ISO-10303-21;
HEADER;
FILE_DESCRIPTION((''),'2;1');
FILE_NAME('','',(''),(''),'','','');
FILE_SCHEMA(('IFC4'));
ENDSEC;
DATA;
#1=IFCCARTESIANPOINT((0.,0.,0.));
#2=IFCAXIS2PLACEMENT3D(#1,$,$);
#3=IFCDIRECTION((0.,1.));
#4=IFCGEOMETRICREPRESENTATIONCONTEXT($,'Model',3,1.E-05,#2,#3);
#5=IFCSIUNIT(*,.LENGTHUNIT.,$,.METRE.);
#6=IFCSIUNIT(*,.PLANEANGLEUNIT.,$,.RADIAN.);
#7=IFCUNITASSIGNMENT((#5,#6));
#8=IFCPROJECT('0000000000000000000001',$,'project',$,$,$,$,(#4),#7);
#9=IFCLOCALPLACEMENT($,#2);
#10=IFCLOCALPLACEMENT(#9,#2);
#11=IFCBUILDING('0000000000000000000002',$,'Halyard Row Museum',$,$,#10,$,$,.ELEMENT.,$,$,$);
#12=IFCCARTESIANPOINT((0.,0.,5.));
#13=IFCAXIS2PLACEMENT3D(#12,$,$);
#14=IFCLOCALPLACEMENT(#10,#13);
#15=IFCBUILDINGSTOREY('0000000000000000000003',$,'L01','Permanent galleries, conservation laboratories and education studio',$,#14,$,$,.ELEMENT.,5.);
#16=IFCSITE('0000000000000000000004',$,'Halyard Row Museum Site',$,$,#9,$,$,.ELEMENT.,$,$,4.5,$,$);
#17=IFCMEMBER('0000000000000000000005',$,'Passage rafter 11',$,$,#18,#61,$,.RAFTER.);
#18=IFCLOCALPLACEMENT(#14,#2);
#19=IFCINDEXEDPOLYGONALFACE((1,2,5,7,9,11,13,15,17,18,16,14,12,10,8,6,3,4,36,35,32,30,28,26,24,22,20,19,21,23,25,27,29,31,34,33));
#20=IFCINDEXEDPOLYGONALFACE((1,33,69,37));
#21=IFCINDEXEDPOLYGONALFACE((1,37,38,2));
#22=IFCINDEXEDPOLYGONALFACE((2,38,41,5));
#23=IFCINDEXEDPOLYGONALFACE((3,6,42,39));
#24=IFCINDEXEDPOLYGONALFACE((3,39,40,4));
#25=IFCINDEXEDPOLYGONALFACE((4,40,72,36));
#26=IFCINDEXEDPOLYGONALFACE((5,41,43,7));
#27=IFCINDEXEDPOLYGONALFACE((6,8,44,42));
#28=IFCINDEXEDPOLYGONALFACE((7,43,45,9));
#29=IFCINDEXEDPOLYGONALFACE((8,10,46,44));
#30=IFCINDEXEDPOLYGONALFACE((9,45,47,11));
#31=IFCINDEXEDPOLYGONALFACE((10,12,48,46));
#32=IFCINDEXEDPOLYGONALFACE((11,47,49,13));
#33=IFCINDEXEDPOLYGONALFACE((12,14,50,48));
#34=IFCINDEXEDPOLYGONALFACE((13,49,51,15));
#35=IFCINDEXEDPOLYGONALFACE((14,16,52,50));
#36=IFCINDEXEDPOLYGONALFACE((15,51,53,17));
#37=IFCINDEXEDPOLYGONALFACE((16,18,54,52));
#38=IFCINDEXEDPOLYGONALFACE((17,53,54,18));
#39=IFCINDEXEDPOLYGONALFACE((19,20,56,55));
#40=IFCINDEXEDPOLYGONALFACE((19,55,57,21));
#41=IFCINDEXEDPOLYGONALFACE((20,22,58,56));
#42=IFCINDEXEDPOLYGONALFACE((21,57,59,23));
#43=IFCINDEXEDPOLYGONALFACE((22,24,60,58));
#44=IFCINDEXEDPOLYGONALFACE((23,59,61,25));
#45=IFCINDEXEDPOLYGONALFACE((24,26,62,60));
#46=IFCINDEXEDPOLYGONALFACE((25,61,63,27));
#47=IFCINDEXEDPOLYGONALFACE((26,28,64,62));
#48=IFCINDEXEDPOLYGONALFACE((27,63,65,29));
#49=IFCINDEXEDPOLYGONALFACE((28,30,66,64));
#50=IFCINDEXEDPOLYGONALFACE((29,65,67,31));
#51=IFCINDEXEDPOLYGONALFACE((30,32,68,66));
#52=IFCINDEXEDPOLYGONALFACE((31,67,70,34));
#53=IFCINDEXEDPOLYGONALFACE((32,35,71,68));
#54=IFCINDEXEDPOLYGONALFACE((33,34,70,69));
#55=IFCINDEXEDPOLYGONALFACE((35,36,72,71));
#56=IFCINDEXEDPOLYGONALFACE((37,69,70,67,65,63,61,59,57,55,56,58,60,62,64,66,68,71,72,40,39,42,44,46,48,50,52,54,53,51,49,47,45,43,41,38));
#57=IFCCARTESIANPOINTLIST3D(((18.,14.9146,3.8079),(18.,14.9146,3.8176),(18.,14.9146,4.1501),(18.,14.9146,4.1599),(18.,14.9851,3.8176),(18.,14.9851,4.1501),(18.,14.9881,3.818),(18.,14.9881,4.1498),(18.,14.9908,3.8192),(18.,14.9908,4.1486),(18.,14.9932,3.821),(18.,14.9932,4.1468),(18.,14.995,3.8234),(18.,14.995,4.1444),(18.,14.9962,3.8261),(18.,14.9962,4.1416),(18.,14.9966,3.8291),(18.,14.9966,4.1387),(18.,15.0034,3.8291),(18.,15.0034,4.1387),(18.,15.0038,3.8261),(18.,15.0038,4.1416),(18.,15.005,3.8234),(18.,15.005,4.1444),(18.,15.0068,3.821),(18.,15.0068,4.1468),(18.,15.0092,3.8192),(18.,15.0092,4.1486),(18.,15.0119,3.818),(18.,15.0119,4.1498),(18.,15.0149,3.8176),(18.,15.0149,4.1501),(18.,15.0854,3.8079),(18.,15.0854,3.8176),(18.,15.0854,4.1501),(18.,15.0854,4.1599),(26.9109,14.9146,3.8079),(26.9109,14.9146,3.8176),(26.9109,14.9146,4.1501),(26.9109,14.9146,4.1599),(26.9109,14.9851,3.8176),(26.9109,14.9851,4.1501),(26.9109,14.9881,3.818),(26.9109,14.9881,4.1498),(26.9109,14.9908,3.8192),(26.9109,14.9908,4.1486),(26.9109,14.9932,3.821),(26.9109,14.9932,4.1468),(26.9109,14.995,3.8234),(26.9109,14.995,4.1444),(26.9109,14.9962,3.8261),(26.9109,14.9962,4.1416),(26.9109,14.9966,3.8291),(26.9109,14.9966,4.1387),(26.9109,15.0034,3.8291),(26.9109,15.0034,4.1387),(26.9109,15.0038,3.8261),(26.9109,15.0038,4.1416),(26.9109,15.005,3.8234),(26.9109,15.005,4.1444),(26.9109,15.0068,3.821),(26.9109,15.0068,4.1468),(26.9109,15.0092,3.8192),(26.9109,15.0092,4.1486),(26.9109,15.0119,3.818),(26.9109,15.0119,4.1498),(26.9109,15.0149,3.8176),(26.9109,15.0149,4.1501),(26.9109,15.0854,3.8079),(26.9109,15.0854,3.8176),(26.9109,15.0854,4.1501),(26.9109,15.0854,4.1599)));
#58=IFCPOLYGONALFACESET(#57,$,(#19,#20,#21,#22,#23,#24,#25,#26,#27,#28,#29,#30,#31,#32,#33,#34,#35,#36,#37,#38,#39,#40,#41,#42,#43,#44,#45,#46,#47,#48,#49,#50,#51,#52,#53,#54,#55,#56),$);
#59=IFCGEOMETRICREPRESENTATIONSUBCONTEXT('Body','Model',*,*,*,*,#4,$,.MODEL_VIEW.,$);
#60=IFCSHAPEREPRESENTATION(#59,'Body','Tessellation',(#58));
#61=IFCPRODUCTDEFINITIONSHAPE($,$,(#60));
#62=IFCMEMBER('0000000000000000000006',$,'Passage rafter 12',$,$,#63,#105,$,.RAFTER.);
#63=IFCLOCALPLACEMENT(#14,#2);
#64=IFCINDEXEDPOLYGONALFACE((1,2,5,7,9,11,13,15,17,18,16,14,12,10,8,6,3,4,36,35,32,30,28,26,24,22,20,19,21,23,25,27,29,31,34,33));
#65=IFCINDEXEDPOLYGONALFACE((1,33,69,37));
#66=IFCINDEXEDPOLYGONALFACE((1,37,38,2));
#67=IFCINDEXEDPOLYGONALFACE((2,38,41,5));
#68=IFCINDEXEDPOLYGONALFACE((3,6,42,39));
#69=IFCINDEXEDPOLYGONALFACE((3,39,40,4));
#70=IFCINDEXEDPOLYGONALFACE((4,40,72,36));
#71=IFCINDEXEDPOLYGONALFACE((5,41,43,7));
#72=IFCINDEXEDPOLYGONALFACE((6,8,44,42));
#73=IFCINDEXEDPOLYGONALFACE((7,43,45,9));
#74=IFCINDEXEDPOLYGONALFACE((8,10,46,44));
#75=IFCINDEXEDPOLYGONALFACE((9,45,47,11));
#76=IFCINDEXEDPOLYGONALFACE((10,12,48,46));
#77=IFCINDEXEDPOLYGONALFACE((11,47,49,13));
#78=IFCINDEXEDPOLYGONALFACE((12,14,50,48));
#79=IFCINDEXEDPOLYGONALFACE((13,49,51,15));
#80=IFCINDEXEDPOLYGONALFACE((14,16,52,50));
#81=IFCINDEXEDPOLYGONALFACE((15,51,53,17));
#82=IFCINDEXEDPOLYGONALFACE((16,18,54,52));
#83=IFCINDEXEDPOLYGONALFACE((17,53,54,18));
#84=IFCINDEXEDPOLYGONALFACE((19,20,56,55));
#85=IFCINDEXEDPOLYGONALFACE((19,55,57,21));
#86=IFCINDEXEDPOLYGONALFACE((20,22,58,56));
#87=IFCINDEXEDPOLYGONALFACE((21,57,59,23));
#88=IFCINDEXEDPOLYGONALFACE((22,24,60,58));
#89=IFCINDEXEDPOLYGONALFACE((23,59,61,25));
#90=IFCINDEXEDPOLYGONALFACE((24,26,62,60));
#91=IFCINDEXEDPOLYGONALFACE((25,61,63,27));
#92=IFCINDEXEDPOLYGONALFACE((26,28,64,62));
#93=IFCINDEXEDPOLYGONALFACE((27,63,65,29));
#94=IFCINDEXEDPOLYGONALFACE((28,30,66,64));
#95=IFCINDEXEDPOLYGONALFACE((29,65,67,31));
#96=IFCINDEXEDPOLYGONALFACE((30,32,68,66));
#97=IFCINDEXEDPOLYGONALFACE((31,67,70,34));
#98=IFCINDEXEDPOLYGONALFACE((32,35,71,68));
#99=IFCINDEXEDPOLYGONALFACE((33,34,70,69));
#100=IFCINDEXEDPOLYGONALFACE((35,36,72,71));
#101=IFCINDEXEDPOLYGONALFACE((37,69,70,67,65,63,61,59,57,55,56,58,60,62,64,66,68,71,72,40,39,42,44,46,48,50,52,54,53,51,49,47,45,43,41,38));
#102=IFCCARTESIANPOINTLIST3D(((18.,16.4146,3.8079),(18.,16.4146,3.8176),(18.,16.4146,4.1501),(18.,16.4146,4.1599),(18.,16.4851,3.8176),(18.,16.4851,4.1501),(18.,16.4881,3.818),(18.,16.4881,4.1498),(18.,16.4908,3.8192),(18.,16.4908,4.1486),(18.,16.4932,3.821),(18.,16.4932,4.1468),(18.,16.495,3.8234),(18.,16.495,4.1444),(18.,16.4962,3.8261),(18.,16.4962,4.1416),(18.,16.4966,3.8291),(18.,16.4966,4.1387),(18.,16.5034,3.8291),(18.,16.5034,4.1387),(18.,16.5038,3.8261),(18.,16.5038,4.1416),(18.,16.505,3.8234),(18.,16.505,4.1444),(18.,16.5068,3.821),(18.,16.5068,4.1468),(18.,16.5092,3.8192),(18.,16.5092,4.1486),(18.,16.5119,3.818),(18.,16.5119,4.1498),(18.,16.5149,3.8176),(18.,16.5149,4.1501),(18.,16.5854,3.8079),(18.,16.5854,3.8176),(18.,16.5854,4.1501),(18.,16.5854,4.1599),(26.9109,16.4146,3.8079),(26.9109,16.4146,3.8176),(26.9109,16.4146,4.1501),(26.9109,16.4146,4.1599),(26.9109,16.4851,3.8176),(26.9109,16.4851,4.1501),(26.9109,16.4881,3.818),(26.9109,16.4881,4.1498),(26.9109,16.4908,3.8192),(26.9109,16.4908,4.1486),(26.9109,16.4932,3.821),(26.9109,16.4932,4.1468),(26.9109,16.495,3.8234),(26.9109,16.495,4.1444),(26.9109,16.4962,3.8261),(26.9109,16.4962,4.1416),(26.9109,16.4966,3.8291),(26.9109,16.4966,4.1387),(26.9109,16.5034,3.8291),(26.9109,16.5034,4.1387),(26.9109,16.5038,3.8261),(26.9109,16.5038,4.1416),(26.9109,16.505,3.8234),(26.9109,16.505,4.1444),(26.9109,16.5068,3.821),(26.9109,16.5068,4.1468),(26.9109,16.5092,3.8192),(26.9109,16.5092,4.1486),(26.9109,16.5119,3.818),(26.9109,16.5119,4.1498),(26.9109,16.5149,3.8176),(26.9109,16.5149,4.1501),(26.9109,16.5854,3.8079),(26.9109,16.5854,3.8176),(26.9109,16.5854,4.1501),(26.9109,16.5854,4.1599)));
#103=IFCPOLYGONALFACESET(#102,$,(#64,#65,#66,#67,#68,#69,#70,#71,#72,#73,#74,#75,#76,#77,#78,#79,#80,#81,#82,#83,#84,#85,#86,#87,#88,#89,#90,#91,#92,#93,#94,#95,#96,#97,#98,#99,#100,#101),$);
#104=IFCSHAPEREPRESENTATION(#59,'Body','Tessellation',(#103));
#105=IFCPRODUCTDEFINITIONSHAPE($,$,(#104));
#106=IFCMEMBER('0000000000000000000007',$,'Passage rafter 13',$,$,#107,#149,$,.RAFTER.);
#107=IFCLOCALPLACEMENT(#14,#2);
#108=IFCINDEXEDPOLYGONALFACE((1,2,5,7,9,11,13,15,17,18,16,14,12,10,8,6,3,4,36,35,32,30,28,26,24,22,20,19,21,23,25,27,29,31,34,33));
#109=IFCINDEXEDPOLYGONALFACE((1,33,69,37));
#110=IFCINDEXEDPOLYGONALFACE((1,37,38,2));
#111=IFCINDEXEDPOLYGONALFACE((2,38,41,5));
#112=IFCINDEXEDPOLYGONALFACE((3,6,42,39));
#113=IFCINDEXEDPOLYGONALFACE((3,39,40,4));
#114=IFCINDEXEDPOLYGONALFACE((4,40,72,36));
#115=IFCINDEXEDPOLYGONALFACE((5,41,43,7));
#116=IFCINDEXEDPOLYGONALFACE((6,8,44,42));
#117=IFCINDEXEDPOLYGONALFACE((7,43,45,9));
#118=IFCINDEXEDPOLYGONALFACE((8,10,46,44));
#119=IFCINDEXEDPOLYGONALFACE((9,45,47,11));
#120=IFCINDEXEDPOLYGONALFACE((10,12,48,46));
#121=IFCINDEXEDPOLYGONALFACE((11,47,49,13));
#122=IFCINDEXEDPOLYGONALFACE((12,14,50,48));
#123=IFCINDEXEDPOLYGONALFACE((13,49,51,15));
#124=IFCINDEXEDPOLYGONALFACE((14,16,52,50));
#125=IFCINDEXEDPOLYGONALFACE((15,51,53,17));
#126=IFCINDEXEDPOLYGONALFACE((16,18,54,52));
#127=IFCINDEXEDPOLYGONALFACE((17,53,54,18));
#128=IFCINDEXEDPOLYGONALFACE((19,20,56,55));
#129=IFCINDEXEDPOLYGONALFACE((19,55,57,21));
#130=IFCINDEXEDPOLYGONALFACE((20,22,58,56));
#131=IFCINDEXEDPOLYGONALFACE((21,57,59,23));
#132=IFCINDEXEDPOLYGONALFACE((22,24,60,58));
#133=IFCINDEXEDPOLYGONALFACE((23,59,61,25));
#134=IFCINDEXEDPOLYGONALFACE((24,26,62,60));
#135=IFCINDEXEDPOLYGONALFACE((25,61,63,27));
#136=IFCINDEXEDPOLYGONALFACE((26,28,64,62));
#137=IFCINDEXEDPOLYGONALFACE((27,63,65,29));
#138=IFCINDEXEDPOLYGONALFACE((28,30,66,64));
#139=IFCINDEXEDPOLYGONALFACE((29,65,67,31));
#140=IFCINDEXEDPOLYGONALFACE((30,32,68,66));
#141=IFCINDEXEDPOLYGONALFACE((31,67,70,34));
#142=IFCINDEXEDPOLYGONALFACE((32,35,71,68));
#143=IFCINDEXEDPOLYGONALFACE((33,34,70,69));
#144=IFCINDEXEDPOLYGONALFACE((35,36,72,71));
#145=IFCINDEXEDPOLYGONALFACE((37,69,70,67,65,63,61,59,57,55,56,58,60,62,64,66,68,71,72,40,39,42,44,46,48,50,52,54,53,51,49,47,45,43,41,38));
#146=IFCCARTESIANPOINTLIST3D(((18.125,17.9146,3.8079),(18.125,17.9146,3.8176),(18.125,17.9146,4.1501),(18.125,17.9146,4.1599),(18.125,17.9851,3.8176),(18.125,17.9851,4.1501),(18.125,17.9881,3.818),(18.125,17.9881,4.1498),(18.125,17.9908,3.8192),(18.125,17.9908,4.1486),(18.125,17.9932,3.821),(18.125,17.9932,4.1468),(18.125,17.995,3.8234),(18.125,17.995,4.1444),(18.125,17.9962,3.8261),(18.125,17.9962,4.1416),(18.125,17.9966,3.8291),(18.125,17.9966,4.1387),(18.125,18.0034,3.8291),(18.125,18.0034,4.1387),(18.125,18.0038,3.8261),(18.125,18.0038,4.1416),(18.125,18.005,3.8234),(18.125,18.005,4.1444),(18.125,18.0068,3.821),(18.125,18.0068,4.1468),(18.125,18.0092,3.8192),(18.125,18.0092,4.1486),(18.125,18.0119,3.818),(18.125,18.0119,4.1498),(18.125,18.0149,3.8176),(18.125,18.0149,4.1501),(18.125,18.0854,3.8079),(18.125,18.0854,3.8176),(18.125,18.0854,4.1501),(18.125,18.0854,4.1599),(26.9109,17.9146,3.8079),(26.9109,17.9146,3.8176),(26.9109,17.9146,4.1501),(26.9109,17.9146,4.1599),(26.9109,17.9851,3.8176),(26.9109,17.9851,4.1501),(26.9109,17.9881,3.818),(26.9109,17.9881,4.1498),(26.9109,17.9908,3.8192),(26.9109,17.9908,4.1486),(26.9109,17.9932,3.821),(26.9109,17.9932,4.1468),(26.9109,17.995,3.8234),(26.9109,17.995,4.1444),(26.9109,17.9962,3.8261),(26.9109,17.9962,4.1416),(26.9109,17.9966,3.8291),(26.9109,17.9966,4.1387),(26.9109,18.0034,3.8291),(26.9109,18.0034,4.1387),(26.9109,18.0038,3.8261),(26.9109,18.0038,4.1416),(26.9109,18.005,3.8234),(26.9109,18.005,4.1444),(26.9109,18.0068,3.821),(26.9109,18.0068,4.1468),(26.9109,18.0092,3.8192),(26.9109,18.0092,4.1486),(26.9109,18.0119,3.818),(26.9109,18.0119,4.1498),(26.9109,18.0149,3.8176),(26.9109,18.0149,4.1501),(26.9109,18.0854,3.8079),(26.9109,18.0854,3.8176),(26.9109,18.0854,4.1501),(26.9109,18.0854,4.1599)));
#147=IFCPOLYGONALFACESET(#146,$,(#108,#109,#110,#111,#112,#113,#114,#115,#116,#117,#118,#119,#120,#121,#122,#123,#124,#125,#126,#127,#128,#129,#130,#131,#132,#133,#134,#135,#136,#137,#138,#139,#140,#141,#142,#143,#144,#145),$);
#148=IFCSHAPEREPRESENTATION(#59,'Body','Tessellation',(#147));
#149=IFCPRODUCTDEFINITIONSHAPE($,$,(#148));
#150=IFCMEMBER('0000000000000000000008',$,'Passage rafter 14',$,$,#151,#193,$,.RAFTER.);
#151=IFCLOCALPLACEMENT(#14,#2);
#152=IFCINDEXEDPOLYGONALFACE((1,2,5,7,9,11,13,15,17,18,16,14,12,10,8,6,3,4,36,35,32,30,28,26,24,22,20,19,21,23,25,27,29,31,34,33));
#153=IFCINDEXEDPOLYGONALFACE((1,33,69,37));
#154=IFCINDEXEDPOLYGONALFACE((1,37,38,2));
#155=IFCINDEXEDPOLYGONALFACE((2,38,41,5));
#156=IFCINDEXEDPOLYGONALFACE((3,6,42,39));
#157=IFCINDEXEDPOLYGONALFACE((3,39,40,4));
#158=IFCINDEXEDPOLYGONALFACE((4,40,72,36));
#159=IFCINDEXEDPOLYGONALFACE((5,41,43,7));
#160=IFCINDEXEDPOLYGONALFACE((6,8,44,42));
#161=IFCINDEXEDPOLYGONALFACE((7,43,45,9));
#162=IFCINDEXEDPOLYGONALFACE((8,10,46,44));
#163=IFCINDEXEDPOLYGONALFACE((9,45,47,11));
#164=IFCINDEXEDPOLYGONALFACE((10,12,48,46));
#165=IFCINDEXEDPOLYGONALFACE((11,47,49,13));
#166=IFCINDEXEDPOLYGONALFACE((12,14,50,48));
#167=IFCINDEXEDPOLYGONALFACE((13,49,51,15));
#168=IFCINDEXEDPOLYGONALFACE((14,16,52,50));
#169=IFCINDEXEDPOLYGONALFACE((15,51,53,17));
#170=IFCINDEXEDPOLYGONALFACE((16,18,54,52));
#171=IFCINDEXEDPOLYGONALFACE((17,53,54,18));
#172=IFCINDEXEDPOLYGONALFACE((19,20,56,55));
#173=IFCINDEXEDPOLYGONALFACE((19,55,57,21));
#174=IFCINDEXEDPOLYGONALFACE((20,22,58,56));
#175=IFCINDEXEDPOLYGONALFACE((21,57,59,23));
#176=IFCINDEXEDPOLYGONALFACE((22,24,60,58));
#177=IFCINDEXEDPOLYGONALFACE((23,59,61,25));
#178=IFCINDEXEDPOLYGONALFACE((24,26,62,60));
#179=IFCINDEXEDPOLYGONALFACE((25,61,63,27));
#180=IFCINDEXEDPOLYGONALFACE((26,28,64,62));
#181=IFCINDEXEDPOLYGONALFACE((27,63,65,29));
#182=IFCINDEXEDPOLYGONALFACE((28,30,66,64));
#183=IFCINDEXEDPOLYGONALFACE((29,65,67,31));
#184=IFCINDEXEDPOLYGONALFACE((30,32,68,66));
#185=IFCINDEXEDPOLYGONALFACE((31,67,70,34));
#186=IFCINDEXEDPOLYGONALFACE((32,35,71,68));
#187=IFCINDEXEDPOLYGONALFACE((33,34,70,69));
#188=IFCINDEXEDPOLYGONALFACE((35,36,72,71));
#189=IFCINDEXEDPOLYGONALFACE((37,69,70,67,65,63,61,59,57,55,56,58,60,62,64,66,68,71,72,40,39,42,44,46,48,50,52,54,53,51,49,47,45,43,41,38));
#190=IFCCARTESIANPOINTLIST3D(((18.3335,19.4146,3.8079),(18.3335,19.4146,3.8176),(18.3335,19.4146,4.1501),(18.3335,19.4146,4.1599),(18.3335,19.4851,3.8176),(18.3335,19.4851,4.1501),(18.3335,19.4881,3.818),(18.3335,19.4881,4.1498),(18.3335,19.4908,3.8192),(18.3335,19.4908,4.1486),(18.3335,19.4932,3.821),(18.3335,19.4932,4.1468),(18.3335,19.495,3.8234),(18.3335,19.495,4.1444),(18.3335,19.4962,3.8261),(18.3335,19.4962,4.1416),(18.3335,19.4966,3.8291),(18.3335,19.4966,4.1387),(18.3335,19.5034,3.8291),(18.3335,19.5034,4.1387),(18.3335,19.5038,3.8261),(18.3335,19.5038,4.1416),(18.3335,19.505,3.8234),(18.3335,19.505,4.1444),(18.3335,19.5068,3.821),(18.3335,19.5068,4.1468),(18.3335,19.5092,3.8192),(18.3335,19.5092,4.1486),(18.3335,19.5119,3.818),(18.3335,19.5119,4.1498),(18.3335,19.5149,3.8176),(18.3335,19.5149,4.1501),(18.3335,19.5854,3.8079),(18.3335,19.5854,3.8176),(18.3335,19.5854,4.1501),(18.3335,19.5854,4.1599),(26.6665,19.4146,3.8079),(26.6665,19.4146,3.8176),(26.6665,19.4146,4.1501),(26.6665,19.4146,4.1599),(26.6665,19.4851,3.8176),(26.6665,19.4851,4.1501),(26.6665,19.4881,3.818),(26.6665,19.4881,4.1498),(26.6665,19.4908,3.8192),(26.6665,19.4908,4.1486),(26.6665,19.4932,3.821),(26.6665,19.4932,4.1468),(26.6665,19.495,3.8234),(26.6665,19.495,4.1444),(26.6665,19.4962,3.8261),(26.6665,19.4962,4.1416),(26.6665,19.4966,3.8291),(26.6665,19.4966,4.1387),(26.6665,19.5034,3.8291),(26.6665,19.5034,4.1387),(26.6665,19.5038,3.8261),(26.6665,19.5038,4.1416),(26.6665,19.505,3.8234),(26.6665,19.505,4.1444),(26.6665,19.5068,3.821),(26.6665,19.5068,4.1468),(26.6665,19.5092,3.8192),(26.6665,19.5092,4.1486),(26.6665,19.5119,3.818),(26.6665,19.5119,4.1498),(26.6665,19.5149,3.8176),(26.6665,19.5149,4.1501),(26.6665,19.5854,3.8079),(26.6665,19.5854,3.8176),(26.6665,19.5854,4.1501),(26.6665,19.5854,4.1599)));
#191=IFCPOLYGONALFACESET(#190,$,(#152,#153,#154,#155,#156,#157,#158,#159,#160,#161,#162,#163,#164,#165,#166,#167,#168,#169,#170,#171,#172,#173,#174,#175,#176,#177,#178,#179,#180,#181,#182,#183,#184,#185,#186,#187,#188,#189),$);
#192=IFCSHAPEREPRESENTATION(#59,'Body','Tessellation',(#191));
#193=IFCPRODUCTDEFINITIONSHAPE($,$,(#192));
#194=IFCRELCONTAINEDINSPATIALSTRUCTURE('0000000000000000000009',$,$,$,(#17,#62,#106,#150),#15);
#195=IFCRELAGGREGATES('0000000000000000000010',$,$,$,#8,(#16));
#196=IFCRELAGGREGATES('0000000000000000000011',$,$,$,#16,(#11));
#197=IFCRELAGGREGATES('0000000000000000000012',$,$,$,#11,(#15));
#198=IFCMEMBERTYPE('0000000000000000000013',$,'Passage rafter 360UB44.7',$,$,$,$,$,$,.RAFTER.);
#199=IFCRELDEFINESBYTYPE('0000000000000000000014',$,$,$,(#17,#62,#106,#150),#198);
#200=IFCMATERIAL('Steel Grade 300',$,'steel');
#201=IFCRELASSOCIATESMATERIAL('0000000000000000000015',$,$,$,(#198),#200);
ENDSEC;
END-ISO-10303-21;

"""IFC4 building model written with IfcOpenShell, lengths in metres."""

from ifc_helpers import new_model, si_unit, direction, frame, origin, origin_2d, place, context, subcontext, project, spatial, i_section, extrude, material, material_profile, profile_set, type_object, element, save


model = new_model("IFC4")

# Units and contexts
model_context = context("Model", 3, precision=1e-05, world=origin(), true_north=direction((0.0, 1.0)))
body_context = subcontext(model_context, "Body", "Model", "MODEL_VIEW")
ifc_project = project(units=[si_unit("LENGTHUNIT", "METRE"), si_unit("PLANEANGLEUNIT", "RADIAN")], contexts=[model_context])

# Site, building, storey
site_placement = place(None, origin())
site = spatial("IfcSite", under=ifc_project, at=site_placement, Name="Halyard Row Museum Site", CompositionType="ELEMENT", RefElevation=4.5)
building_placement = place(site_placement, origin())
building = spatial("IfcBuilding", under=site, at=building_placement, Name="Halyard Row Museum", CompositionType="ELEMENT")
storey_placement = place(building_placement, frame((0.0, 0.0, 5.0)))
storey = spatial("IfcBuildingStorey", under=building, at=storey_placement, Name="L01", Description="Permanent galleries, conservation laboratories and education studio", CompositionType="ELEMENT", Elevation=5.0)

# Members
ifc_material_1 = material(Name="Steel Grade 300", Category="steel")
ifc_material_profile_1 = material_profile(ifc_material_1, i_section(OverallWidth=0.1709, OverallDepth=0.3521, WebThickness=0.0068, FlangeThickness=0.0098, FilletRadius=0.0115, at=origin_2d()), Name="360UB44.7")
ifc_profile_set_1 = profile_set([ifc_material_profile_1], Name="Steel Grade 300")
member_type_1 = type_object("IfcMemberType", Name="Passage rafter 360UB44.7", PredefinedType="RAFTER", material=ifc_profile_set_1)
for number, where, z_axis, x_axis, name in (
    (1, (18.0, 15.0, 3.9839), (1.0, 0.0, 0.0), (0.0, 1.0, 0.0), "Passage rafter 11"),
    (2, (18.0, 16.5, 3.9839), (1.0, 0.0, 0.0), (0.0, 1.0, 0.0), "Passage rafter 12"),
):
    element("IfcMember", number, at=place(storey_placement, frame(where, z_axis=z_axis, x_axis=x_axis)), inside=storey, type_object=member_type_1, Name=name, PredefinedType="RAFTER", context=body_context, shape_type="SweptSolid", body=[
        extrude(i_section(OverallWidth=0.1709, OverallDepth=0.3521, WebThickness=0.0068, FlangeThickness=0.0098, FilletRadius=0.0115, at=origin_2d()), origin(), (0.0, 0.0, 1.0), 8.9109),
    ])
member_1_placement = place(storey_placement, frame((18.125, 18.0, 3.9839), z_axis=(1.0, 0.0, 0.0), x_axis=(0.0, 1.0, 0.0)))
element("IfcMember", 3, at=member_1_placement, inside=storey, type_object=member_type_1, Name="Passage rafter 13", PredefinedType="RAFTER", context=body_context, shape_type="SweptSolid", body=[
    extrude(i_section(OverallWidth=0.1709, OverallDepth=0.3521, WebThickness=0.0068, FlangeThickness=0.0098, FilletRadius=0.0115, at=origin_2d()), origin(), (0.0, 0.0, 1.0), 8.7859),
])
member_2_placement = place(storey_placement, frame((18.3335, 19.5, 3.9839), z_axis=(1.0, 0.0, 0.0), x_axis=(0.0, 1.0, 0.0)))
element("IfcMember", 4, at=member_2_placement, inside=storey, type_object=member_type_1, Name="Passage rafter 14", PredefinedType="RAFTER", context=body_context, shape_type="SweptSolid", body=[
    extrude(i_section(OverallWidth=0.1709, OverallDepth=0.3521, WebThickness=0.0068, FlangeThickness=0.0098, FilletRadius=0.0115, at=origin_2d()), origin(), (0.0, 0.0, 1.0), 8.333),
])

save(model, "model.ifc")
